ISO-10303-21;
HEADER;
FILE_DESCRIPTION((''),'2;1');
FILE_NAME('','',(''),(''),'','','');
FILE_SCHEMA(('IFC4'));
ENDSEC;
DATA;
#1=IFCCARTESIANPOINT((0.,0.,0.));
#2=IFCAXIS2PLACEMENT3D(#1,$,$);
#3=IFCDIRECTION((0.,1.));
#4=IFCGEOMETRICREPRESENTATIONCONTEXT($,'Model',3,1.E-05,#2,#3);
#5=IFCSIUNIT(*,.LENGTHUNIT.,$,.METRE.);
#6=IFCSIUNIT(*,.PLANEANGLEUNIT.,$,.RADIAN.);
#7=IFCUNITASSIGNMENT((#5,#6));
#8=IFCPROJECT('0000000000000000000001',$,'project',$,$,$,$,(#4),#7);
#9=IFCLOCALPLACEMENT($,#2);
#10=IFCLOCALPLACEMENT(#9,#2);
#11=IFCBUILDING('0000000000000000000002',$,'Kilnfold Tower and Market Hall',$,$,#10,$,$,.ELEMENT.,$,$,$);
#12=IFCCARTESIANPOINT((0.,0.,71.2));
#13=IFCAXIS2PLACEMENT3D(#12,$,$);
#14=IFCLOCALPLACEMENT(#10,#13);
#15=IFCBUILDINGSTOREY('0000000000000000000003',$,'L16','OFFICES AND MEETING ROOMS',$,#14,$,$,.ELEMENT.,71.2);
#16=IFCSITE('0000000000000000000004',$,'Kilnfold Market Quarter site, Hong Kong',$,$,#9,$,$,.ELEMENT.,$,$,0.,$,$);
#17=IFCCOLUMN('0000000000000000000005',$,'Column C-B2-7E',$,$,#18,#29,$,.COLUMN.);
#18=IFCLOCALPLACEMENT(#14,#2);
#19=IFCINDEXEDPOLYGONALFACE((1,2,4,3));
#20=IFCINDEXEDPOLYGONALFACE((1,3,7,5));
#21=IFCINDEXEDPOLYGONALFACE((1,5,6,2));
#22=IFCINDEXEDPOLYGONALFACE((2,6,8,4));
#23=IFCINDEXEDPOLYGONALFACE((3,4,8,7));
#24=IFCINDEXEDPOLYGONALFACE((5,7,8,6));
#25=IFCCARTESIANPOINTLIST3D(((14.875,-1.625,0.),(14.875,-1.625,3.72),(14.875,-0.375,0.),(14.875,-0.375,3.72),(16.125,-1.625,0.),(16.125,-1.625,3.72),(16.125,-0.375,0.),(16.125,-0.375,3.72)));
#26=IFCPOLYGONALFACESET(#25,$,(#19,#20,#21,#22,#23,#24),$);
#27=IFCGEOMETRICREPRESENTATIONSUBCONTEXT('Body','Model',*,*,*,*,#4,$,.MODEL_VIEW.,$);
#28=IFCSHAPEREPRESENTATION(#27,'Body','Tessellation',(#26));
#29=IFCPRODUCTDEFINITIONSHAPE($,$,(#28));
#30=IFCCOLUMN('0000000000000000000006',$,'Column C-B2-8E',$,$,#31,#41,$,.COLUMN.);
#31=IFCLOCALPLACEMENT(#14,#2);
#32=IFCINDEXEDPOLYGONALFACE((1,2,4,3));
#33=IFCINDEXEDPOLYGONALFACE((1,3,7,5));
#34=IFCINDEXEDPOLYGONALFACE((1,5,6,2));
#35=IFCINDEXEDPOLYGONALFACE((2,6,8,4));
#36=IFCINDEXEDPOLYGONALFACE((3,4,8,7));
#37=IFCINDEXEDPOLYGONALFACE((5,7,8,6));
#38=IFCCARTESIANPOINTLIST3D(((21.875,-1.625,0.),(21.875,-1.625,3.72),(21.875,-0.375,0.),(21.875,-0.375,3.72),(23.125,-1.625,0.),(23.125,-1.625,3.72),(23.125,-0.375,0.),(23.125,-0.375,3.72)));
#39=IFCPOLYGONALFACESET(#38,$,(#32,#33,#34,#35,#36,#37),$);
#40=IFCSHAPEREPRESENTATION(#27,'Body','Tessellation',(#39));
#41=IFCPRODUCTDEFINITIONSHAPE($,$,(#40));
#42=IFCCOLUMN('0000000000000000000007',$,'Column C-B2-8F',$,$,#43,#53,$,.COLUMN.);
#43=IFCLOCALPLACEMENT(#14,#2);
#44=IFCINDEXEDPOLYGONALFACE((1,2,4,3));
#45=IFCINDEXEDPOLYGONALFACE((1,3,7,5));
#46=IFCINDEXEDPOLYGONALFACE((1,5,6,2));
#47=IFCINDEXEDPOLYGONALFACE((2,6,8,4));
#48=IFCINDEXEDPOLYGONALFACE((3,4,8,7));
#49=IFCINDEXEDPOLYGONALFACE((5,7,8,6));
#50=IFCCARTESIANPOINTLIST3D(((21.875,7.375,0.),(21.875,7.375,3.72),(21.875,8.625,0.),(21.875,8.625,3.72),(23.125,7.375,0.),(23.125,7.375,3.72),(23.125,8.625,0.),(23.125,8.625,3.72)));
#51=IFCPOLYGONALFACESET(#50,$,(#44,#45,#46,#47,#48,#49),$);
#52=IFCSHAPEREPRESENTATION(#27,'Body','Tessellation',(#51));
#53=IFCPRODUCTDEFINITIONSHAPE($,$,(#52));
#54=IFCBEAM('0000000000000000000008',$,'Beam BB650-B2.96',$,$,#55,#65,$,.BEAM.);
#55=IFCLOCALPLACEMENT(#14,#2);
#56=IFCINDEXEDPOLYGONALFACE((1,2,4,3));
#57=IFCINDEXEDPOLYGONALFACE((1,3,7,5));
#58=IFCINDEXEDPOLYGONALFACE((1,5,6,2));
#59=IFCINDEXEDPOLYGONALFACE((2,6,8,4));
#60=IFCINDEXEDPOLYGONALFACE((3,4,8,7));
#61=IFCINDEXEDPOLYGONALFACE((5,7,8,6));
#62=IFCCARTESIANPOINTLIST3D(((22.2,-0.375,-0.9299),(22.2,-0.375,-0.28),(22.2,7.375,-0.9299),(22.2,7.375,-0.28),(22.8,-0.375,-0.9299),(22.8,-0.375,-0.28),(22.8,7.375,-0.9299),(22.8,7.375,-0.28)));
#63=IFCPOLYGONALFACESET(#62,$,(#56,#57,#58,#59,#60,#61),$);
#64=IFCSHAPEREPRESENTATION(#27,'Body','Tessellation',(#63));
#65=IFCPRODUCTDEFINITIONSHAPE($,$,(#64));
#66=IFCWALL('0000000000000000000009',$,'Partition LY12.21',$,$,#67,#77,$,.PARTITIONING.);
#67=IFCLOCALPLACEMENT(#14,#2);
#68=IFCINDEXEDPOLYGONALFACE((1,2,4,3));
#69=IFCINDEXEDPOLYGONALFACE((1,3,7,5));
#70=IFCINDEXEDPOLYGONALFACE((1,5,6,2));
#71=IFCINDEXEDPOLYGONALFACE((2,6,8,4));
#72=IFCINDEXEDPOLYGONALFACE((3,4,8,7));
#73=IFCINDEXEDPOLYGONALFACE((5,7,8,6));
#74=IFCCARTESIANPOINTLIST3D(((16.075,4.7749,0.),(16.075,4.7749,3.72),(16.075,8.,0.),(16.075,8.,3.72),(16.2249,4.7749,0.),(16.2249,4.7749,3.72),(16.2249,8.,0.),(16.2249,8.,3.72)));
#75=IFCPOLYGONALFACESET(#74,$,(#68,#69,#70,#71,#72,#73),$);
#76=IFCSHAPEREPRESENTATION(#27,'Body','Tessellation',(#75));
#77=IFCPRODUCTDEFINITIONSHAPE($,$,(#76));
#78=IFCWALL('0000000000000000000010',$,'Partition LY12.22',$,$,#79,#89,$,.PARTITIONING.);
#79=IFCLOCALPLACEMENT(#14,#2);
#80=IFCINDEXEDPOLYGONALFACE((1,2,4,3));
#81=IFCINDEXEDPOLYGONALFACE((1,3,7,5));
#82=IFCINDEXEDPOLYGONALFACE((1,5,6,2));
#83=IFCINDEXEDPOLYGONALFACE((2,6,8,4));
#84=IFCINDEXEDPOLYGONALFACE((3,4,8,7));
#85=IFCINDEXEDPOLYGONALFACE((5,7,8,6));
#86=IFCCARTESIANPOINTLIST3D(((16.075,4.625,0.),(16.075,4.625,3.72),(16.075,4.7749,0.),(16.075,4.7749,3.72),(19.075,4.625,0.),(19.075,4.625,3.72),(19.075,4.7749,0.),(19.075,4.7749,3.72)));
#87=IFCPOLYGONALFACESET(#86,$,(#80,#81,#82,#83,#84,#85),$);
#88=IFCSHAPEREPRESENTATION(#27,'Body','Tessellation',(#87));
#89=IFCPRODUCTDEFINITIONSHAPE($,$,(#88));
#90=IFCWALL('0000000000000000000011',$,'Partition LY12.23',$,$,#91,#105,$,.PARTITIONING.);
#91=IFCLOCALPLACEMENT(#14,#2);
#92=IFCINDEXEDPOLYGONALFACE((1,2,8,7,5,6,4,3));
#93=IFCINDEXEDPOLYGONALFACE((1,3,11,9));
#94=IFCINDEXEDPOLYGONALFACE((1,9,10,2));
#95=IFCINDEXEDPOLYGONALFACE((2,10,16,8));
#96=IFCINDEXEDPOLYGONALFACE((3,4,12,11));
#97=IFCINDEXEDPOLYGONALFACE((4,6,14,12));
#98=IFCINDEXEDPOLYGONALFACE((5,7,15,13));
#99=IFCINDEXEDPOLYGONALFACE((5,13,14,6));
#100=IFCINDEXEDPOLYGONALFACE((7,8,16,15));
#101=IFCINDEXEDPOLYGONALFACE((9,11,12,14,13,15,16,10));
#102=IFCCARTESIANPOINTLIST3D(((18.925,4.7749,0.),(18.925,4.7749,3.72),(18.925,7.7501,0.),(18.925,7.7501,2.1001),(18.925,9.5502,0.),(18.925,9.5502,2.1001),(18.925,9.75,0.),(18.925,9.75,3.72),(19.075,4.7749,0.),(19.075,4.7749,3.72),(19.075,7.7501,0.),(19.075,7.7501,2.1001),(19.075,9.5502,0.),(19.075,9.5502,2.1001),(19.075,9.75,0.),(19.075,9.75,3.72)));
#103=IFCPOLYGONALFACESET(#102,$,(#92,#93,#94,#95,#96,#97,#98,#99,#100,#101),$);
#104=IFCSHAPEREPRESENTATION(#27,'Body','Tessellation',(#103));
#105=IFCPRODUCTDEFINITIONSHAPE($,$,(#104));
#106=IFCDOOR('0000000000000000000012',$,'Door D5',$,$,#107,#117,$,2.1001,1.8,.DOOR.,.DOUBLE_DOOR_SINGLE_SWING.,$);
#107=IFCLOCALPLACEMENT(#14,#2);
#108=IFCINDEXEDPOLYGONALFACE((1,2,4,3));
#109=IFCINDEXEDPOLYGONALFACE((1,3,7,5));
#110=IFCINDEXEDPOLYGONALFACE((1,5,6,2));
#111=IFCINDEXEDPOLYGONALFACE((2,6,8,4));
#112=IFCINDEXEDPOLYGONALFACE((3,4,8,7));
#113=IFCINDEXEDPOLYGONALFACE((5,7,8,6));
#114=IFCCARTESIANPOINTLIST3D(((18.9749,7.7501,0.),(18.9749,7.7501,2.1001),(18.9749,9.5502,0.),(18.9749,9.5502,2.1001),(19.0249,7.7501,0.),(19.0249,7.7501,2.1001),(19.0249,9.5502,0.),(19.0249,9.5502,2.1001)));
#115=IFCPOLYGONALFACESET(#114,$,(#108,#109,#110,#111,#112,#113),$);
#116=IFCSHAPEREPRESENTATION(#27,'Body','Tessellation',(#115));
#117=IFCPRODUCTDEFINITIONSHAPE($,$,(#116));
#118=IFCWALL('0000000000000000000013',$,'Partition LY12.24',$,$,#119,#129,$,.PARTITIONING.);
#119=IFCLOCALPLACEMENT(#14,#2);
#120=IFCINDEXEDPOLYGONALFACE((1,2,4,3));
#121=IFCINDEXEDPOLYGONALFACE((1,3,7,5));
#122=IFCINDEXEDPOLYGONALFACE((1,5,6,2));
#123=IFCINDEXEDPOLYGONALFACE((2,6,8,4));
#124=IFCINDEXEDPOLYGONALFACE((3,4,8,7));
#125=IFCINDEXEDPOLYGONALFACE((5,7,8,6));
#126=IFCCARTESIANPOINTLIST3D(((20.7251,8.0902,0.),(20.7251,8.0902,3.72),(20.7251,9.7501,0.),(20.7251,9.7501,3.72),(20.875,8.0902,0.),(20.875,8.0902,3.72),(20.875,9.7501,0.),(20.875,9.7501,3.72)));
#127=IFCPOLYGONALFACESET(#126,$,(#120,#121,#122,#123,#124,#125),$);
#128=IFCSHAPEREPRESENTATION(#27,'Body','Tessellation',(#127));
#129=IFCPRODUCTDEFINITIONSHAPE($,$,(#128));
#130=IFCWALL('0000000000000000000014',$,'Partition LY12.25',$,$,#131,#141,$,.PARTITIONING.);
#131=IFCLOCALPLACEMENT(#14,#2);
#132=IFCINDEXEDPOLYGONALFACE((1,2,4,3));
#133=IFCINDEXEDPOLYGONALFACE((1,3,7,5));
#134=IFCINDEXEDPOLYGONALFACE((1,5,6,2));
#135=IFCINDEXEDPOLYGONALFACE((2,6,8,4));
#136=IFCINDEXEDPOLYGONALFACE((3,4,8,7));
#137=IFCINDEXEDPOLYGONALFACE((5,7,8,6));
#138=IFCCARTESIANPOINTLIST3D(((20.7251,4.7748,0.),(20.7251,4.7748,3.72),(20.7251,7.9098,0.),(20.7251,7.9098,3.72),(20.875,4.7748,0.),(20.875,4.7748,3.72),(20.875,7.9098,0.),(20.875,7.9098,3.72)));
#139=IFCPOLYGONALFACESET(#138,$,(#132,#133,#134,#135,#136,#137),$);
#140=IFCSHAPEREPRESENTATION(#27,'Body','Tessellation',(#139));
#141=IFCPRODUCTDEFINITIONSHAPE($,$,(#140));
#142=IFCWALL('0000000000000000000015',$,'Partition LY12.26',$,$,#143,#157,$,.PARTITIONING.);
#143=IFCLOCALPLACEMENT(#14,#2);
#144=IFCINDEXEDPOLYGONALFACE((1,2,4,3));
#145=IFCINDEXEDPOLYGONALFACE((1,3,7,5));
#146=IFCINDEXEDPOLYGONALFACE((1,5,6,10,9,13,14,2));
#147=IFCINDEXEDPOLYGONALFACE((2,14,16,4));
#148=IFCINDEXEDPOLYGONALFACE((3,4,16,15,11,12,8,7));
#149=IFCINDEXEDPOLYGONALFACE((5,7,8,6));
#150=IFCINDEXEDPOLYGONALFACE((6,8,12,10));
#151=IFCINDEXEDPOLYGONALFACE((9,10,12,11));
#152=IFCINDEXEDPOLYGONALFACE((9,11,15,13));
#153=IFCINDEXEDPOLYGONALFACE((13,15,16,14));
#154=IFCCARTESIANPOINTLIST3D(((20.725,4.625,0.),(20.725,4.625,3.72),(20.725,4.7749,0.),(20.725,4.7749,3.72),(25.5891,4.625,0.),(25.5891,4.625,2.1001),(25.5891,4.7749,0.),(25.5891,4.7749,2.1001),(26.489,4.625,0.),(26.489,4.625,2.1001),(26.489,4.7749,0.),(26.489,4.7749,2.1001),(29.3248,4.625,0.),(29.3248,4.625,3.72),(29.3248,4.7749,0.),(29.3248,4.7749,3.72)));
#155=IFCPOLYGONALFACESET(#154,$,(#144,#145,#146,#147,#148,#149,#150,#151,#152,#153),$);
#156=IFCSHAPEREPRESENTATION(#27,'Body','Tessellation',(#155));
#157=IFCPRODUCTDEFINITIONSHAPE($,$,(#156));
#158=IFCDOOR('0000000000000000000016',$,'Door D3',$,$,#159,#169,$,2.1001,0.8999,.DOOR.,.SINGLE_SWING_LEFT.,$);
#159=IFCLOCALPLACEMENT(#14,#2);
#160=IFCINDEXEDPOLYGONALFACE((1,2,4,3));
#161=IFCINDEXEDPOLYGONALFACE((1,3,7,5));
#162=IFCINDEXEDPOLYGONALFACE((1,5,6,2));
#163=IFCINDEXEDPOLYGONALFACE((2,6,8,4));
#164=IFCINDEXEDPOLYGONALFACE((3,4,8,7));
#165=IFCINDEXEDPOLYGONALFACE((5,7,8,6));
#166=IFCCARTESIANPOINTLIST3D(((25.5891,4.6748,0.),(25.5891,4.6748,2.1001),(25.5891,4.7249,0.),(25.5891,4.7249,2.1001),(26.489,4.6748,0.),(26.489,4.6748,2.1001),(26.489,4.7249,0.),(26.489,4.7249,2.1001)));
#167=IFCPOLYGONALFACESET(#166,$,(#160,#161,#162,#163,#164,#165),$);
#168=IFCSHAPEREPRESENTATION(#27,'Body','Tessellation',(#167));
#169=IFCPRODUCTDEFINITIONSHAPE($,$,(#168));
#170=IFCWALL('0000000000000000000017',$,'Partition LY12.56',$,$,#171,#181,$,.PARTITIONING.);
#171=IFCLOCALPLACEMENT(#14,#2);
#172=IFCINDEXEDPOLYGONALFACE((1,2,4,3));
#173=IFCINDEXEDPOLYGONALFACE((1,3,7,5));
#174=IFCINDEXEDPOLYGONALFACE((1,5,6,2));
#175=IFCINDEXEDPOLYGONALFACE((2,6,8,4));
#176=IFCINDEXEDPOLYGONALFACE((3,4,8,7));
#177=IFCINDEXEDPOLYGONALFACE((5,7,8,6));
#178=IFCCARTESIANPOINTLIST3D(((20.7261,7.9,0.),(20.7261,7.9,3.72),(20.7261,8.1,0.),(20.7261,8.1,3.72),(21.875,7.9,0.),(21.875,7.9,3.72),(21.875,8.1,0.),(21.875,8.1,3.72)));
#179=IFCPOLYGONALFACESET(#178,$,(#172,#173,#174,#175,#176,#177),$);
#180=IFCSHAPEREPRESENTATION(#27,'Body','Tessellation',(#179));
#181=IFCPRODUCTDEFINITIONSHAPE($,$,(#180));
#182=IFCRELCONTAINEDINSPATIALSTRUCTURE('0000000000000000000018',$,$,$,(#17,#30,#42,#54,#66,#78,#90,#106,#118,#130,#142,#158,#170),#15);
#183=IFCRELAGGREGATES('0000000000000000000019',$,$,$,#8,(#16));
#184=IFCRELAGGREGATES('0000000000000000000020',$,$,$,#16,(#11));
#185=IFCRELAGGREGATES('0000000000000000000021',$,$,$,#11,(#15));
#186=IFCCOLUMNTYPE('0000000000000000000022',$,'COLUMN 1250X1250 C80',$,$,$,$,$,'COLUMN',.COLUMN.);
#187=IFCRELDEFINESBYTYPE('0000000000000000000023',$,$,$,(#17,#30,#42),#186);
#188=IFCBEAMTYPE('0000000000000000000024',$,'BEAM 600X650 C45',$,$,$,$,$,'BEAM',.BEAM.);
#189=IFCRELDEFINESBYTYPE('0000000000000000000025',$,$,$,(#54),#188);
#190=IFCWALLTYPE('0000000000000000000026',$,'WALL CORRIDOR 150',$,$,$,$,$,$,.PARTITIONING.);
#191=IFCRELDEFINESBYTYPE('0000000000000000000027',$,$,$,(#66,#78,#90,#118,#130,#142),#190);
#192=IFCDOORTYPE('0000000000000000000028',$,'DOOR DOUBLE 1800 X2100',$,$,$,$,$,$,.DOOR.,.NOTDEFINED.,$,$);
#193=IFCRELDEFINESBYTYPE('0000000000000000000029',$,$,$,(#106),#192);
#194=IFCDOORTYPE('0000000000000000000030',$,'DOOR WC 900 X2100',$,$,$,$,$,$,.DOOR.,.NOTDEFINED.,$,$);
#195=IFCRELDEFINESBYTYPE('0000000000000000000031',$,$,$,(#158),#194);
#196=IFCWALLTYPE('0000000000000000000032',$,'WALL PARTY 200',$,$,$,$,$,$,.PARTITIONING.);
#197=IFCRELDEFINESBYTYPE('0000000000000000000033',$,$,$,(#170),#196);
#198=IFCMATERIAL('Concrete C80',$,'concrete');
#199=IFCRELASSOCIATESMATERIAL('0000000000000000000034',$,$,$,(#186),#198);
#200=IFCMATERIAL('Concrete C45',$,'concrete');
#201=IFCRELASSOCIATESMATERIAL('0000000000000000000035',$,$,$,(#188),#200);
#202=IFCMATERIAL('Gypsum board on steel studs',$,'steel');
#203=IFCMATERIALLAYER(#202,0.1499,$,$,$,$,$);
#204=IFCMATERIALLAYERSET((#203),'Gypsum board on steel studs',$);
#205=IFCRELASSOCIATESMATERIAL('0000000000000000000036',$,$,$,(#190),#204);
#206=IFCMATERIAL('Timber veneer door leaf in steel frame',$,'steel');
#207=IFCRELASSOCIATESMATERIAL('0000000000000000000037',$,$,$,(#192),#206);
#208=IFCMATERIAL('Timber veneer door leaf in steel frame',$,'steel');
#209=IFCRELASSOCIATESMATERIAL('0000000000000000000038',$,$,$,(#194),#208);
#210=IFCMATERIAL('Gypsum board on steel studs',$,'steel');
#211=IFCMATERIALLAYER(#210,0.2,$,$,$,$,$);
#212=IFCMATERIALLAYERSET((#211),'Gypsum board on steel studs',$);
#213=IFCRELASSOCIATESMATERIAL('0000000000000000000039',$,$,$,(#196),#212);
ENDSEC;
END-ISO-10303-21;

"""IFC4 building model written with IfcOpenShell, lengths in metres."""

from ifc_helpers import new_model, si_unit, direction, frame, frame_2d, origin, origin_2d, place, context, subcontext, project, spatial, rectangle, extrude, source, transform, mapped, material, layer, layer_set, material_profile, profile_set, type_object, element, fill, save


model = new_model("IFC4")

# Units and contexts
model_context = context("Model", 3, precision=1e-05, world=origin(), true_north=direction((0.0, 1.0)))
body_context = subcontext(model_context, "Body", "Model", "MODEL_VIEW")
ifc_project = project(units=[si_unit("LENGTHUNIT", "METRE"), si_unit("PLANEANGLEUNIT", "RADIAN")], contexts=[model_context])

# Site, building, storey
site_placement = place(None, origin())
site = spatial("IfcSite", under=ifc_project, at=site_placement, Name="Kilnfold Market Quarter site, Hong Kong", CompositionType="ELEMENT", RefElevation=0.0)
building_placement = place(site_placement, origin())
building = spatial("IfcBuilding", under=site, at=building_placement, Name="Kilnfold Tower and Market Hall", CompositionType="ELEMENT")
storey_placement = place(building_placement, frame((0.0, 0.0, 71.2)))
storey = spatial("IfcBuildingStorey", under=building, at=storey_placement, Name="L16", Description="OFFICES AND MEETING ROOMS", CompositionType="ELEMENT", Elevation=71.2)

# Columns
ifc_material_1 = material(Name="Concrete C80", Category="concrete")
ifc_material_profile_1 = material_profile(ifc_material_1, rectangle(XDim=1.25, YDim=1.25, at=origin_2d()), Name="RC 1250x1250")
ifc_profile_set_1 = profile_set([ifc_material_profile_1], Name="Concrete C80")
column_type = type_object("IfcColumnType", Name="COLUMN 1250X1250 C80", ElementType="COLUMN", PredefinedType="COLUMN", material=ifc_profile_set_1)
shared_shape_1 = source(origin(), body_context, "Body", "SweptSolid", [
    extrude(rectangle(XDim=1.25, YDim=1.25, at=origin_2d()), origin(), (0.0, 0.0, 1.0), 3.72),
])
for number, where, z_axis, x_axis, name in (
    (1, (15.5, -1.0, 0.0), (0.0, 0.0, 1.0), (1.0, 0.0, 0.0), "Column C-B2-7E"),
    (2, (22.5, -1.0, 0.0), (0.0, 0.0, 1.0), (1.0, 0.0, 0.0), "Column C-B2-8E"),
    (3, (22.5, 8.0, 0.0), (0.0, 0.0, 1.0), (1.0, 0.0, 0.0), "Column C-B2-8F"),
):
    element("IfcColumn", number, at=place(storey_placement, frame(where, z_axis=z_axis, x_axis=x_axis)), inside=storey, type_object=column_type, Name=name, PredefinedType="COLUMN", context=body_context, shape_type="MappedRepresentation", body=[
        mapped(shared_shape_1, transform((0.0, 0.0, 0.0))),
    ])

# Beam
ifc_material_2 = material(Name="Concrete C45", Category="concrete")
ifc_material_profile_2 = material_profile(ifc_material_2, rectangle(XDim=0.6001, YDim=0.6499, at=origin_2d()), Name="RC 600x650")
ifc_profile_set_2 = profile_set([ifc_material_profile_2], Name="Concrete C45")
beam_type = type_object("IfcBeamType", Name="BEAM 600X650 C45", ElementType="BEAM", PredefinedType="BEAM", material=ifc_profile_set_2)
shared_shape_2 = source(origin(), body_context, "Body", "SweptSolid", [
    extrude(rectangle(XDim=0.6001, YDim=0.6499, at=origin_2d()), origin(), (0.0, 0.0, 1.0), 7.75),
])
beam_placement = place(storey_placement, frame((22.5, -0.375, -0.605), z_axis=(0.0, 1.0, 0.0), x_axis=(-1.0, 0.0, 0.0)))
element("IfcBeam", 4, at=beam_placement, inside=storey, type_object=beam_type, Name="Beam BB650-B2.96", PredefinedType="BEAM", context=body_context, shape_type="MappedRepresentation", body=[
    mapped(shared_shape_2, transform((0.0, 0.0, 0.0))),
])

# Walls
ifc_material_3 = material(Name="Gypsum board on steel studs", Category="steel")
ifc_layer_1 = layer(ifc_material_3, 0.1499)
ifc_layer_set_1 = layer_set([ifc_layer_1], Name="Gypsum board on steel studs")
wall_type_1 = type_object("IfcWallType", Name="WALL CORRIDOR 150", PredefinedType="PARTITIONING", material=ifc_layer_set_1)
wall_1_placement = place(storey_placement, frame((16.1499, 4.7749, 0.0), z_axis=(0.0, 0.0, 1.0), x_axis=(0.0, 1.0, 0.0)))
element("IfcWall", 5, at=wall_1_placement, inside=storey, type_object=wall_type_1, Name="Partition LY12.21", PredefinedType="PARTITIONING", context=body_context, shape_type="SweptSolid", body=[
    extrude(rectangle(XDim=3.2251, YDim=0.1499, at=frame_2d((1.6125, 0.0))), origin(), (0.0, 0.0, 1.0), 3.72),
])
wall_2_placement = place(storey_placement, frame((16.075, 4.7, 0.0), z_axis=(0.0, 0.0, 1.0), x_axis=(1.0, 0.0, 0.0)))
element("IfcWall", 6, at=wall_2_placement, inside=storey, type_object=wall_type_1, Name="Partition LY12.22", PredefinedType="PARTITIONING", context=body_context, shape_type="SweptSolid", body=[
    extrude(rectangle(XDim=3.0, YDim=0.1499, at=frame_2d((1.5, 0.0))), origin(), (0.0, 0.0, 1.0), 3.72),
])

# Wall, opening, door
wall_3_placement = place(storey_placement, frame((19.0, 9.75, 0.0), z_axis=(0.0, 0.0, 1.0), x_axis=(0.0, -1.0, 0.0)))
wall_3 = element("IfcWall", 7, at=wall_3_placement, inside=storey, type_object=wall_type_1, Name="Partition LY12.23", PredefinedType="PARTITIONING", context=body_context, shape_type="SweptSolid", body=[
    extrude(rectangle(XDim=4.9751, YDim=0.1499, at=frame_2d((2.4875, 0.0))), origin(), (0.0, 0.0, 1.0), 3.72),
])
opening_1_placement = place(wall_3_placement, frame((0.2, 0.0, 0.0)))
opening_1 = element("IfcOpeningElement", 8, at=opening_1_placement, cuts=wall_3, PredefinedType="OPENING", context=body_context, shape_type="SweptSolid", body=[
    extrude(rectangle(XDim=1.8, YDim=2.1001, at=frame_2d((0.8999, 1.05))), frame((0.0, 0.085, 0.0), z_axis=(0.0, -1.0, 0.0), x_axis=(1.0, 0.0, 0.0)), (0.0, 0.0, 1.0), 0.1699),
])
ifc_material_4 = material(Name="Timber veneer door leaf in steel frame", Category="steel")
door_type_1 = type_object("IfcDoorType", Name="DOOR DOUBLE 1800 X2100", OperationType="NOTDEFINED", PredefinedType="DOOR", material=ifc_material_4)
door_1_placement = place(opening_1_placement, origin())
door_1 = element("IfcDoor", 9, at=door_1_placement, inside=storey, type_object=door_type_1, Name="Door D5", OperationType="DOUBLE_DOOR_SINGLE_SWING", OverallHeight=2.1001, OverallWidth=1.8, PredefinedType="DOOR", context=body_context, shape_type="SweptSolid", body=[
    extrude(rectangle(XDim=1.8, YDim=2.1001, at=frame_2d((0.8999, 1.05))), frame((0.0, 0.0249, 0.0), z_axis=(0.0, -1.0, 0.0), x_axis=(1.0, 0.0, 0.0)), (0.0, 0.0, 1.0), 0.05),
])
fill(opening_1, door_1)

# Walls
wall_4_placement = place(storey_placement, frame((20.8, 8.0901, 0.0), z_axis=(0.0, 0.0, 1.0), x_axis=(0.0, 1.0, 0.0)))
element("IfcWall", 10, at=wall_4_placement, inside=storey, type_object=wall_type_1, Name="Partition LY12.24", PredefinedType="PARTITIONING", context=body_context, shape_type="SweptSolid", body=[
    extrude(rectangle(XDim=1.6599, YDim=0.1499, at=frame_2d((0.8301, 0.0))), origin(), (0.0, 0.0, 1.0), 3.72),
])
wall_5_placement = place(storey_placement, frame((20.8, 4.7749, 0.0), z_axis=(0.0, 0.0, 1.0), x_axis=(0.0, 1.0, 0.0)))
element("IfcWall", 11, at=wall_5_placement, inside=storey, type_object=wall_type_1, Name="Partition LY12.25", PredefinedType="PARTITIONING", context=body_context, shape_type="SweptSolid", body=[
    extrude(rectangle(XDim=3.135, YDim=0.1499, at=frame_2d((1.5674, 0.0))), origin(), (0.0, 0.0, 1.0), 3.72),
])

# Wall, opening, door
wall_6_placement = place(storey_placement, frame((20.7251, 4.7, 0.0), z_axis=(0.0, 0.0, 1.0), x_axis=(1.0, 0.0, 0.0)))
wall_6 = element("IfcWall", 12, at=wall_6_placement, inside=storey, type_object=wall_type_1, Name="Partition LY12.26", PredefinedType="PARTITIONING", context=body_context, shape_type="SweptSolid", body=[
    extrude(rectangle(XDim=8.5999, YDim=0.1499, at=frame_2d((4.2998, 0.0))), origin(), (0.0, 0.0, 1.0), 3.72),
])
opening_2_placement = place(wall_6_placement, frame((4.864, 0.0, 0.0)))
opening_2 = element("IfcOpeningElement", 13, at=opening_2_placement, cuts=wall_6, PredefinedType="OPENING", context=body_context, shape_type="SweptSolid", body=[
    extrude(rectangle(XDim=0.8999, YDim=2.1001, at=frame_2d((0.45, 1.05))), frame((0.0, 0.085, 0.0), z_axis=(0.0, -1.0, 0.0), x_axis=(1.0, 0.0, 0.0)), (0.0, 0.0, 1.0), 0.1699),
])
ifc_material_5 = material(Name="Timber veneer door leaf in steel frame", Category="steel")
door_type_2 = type_object("IfcDoorType", Name="DOOR WC 900 X2100", OperationType="NOTDEFINED", PredefinedType="DOOR", material=ifc_material_5)
door_2_placement = place(opening_2_placement, origin())
door_2 = element("IfcDoor", 14, at=door_2_placement, inside=storey, type_object=door_type_2, Name="Door D3", OperationType="SINGLE_SWING_LEFT", OverallHeight=2.1001, OverallWidth=0.8999, PredefinedType="DOOR", context=body_context, shape_type="SweptSolid", body=[
    extrude(rectangle(XDim=0.8999, YDim=2.1001, at=frame_2d((0.45, 1.05))), frame((0.0, 0.0249, 0.0), z_axis=(0.0, -1.0, 0.0), x_axis=(1.0, 0.0, 0.0)), (0.0, 0.0, 1.0), 0.05),
])
fill(opening_2, door_2)

# Wall
ifc_material_6 = material(Name="Gypsum board on steel studs", Category="steel")
ifc_layer_2 = layer(ifc_material_6, 0.2)
ifc_layer_set_2 = layer_set([ifc_layer_2], Name="Gypsum board on steel studs")
wall_type_2 = type_object("IfcWallType", Name="WALL PARTY 200", PredefinedType="PARTITIONING", material=ifc_layer_set_2)
wall_7_placement = place(storey_placement, frame((20.7261, 8.0, 0.0), z_axis=(0.0, 0.0, 1.0), x_axis=(1.0, 0.0, 0.0)))
element("IfcWall", 15, at=wall_7_placement, inside=storey, type_object=wall_type_2, Name="Partition LY12.56", PredefinedType="PARTITIONING", context=body_context, shape_type="SweptSolid", body=[
    extrude(rectangle(XDim=1.1489, YDim=0.2, at=frame_2d((0.5745, 0.0))), origin(), (0.0, 0.0, 1.0), 3.72),
])

save(model, "model.ifc")
